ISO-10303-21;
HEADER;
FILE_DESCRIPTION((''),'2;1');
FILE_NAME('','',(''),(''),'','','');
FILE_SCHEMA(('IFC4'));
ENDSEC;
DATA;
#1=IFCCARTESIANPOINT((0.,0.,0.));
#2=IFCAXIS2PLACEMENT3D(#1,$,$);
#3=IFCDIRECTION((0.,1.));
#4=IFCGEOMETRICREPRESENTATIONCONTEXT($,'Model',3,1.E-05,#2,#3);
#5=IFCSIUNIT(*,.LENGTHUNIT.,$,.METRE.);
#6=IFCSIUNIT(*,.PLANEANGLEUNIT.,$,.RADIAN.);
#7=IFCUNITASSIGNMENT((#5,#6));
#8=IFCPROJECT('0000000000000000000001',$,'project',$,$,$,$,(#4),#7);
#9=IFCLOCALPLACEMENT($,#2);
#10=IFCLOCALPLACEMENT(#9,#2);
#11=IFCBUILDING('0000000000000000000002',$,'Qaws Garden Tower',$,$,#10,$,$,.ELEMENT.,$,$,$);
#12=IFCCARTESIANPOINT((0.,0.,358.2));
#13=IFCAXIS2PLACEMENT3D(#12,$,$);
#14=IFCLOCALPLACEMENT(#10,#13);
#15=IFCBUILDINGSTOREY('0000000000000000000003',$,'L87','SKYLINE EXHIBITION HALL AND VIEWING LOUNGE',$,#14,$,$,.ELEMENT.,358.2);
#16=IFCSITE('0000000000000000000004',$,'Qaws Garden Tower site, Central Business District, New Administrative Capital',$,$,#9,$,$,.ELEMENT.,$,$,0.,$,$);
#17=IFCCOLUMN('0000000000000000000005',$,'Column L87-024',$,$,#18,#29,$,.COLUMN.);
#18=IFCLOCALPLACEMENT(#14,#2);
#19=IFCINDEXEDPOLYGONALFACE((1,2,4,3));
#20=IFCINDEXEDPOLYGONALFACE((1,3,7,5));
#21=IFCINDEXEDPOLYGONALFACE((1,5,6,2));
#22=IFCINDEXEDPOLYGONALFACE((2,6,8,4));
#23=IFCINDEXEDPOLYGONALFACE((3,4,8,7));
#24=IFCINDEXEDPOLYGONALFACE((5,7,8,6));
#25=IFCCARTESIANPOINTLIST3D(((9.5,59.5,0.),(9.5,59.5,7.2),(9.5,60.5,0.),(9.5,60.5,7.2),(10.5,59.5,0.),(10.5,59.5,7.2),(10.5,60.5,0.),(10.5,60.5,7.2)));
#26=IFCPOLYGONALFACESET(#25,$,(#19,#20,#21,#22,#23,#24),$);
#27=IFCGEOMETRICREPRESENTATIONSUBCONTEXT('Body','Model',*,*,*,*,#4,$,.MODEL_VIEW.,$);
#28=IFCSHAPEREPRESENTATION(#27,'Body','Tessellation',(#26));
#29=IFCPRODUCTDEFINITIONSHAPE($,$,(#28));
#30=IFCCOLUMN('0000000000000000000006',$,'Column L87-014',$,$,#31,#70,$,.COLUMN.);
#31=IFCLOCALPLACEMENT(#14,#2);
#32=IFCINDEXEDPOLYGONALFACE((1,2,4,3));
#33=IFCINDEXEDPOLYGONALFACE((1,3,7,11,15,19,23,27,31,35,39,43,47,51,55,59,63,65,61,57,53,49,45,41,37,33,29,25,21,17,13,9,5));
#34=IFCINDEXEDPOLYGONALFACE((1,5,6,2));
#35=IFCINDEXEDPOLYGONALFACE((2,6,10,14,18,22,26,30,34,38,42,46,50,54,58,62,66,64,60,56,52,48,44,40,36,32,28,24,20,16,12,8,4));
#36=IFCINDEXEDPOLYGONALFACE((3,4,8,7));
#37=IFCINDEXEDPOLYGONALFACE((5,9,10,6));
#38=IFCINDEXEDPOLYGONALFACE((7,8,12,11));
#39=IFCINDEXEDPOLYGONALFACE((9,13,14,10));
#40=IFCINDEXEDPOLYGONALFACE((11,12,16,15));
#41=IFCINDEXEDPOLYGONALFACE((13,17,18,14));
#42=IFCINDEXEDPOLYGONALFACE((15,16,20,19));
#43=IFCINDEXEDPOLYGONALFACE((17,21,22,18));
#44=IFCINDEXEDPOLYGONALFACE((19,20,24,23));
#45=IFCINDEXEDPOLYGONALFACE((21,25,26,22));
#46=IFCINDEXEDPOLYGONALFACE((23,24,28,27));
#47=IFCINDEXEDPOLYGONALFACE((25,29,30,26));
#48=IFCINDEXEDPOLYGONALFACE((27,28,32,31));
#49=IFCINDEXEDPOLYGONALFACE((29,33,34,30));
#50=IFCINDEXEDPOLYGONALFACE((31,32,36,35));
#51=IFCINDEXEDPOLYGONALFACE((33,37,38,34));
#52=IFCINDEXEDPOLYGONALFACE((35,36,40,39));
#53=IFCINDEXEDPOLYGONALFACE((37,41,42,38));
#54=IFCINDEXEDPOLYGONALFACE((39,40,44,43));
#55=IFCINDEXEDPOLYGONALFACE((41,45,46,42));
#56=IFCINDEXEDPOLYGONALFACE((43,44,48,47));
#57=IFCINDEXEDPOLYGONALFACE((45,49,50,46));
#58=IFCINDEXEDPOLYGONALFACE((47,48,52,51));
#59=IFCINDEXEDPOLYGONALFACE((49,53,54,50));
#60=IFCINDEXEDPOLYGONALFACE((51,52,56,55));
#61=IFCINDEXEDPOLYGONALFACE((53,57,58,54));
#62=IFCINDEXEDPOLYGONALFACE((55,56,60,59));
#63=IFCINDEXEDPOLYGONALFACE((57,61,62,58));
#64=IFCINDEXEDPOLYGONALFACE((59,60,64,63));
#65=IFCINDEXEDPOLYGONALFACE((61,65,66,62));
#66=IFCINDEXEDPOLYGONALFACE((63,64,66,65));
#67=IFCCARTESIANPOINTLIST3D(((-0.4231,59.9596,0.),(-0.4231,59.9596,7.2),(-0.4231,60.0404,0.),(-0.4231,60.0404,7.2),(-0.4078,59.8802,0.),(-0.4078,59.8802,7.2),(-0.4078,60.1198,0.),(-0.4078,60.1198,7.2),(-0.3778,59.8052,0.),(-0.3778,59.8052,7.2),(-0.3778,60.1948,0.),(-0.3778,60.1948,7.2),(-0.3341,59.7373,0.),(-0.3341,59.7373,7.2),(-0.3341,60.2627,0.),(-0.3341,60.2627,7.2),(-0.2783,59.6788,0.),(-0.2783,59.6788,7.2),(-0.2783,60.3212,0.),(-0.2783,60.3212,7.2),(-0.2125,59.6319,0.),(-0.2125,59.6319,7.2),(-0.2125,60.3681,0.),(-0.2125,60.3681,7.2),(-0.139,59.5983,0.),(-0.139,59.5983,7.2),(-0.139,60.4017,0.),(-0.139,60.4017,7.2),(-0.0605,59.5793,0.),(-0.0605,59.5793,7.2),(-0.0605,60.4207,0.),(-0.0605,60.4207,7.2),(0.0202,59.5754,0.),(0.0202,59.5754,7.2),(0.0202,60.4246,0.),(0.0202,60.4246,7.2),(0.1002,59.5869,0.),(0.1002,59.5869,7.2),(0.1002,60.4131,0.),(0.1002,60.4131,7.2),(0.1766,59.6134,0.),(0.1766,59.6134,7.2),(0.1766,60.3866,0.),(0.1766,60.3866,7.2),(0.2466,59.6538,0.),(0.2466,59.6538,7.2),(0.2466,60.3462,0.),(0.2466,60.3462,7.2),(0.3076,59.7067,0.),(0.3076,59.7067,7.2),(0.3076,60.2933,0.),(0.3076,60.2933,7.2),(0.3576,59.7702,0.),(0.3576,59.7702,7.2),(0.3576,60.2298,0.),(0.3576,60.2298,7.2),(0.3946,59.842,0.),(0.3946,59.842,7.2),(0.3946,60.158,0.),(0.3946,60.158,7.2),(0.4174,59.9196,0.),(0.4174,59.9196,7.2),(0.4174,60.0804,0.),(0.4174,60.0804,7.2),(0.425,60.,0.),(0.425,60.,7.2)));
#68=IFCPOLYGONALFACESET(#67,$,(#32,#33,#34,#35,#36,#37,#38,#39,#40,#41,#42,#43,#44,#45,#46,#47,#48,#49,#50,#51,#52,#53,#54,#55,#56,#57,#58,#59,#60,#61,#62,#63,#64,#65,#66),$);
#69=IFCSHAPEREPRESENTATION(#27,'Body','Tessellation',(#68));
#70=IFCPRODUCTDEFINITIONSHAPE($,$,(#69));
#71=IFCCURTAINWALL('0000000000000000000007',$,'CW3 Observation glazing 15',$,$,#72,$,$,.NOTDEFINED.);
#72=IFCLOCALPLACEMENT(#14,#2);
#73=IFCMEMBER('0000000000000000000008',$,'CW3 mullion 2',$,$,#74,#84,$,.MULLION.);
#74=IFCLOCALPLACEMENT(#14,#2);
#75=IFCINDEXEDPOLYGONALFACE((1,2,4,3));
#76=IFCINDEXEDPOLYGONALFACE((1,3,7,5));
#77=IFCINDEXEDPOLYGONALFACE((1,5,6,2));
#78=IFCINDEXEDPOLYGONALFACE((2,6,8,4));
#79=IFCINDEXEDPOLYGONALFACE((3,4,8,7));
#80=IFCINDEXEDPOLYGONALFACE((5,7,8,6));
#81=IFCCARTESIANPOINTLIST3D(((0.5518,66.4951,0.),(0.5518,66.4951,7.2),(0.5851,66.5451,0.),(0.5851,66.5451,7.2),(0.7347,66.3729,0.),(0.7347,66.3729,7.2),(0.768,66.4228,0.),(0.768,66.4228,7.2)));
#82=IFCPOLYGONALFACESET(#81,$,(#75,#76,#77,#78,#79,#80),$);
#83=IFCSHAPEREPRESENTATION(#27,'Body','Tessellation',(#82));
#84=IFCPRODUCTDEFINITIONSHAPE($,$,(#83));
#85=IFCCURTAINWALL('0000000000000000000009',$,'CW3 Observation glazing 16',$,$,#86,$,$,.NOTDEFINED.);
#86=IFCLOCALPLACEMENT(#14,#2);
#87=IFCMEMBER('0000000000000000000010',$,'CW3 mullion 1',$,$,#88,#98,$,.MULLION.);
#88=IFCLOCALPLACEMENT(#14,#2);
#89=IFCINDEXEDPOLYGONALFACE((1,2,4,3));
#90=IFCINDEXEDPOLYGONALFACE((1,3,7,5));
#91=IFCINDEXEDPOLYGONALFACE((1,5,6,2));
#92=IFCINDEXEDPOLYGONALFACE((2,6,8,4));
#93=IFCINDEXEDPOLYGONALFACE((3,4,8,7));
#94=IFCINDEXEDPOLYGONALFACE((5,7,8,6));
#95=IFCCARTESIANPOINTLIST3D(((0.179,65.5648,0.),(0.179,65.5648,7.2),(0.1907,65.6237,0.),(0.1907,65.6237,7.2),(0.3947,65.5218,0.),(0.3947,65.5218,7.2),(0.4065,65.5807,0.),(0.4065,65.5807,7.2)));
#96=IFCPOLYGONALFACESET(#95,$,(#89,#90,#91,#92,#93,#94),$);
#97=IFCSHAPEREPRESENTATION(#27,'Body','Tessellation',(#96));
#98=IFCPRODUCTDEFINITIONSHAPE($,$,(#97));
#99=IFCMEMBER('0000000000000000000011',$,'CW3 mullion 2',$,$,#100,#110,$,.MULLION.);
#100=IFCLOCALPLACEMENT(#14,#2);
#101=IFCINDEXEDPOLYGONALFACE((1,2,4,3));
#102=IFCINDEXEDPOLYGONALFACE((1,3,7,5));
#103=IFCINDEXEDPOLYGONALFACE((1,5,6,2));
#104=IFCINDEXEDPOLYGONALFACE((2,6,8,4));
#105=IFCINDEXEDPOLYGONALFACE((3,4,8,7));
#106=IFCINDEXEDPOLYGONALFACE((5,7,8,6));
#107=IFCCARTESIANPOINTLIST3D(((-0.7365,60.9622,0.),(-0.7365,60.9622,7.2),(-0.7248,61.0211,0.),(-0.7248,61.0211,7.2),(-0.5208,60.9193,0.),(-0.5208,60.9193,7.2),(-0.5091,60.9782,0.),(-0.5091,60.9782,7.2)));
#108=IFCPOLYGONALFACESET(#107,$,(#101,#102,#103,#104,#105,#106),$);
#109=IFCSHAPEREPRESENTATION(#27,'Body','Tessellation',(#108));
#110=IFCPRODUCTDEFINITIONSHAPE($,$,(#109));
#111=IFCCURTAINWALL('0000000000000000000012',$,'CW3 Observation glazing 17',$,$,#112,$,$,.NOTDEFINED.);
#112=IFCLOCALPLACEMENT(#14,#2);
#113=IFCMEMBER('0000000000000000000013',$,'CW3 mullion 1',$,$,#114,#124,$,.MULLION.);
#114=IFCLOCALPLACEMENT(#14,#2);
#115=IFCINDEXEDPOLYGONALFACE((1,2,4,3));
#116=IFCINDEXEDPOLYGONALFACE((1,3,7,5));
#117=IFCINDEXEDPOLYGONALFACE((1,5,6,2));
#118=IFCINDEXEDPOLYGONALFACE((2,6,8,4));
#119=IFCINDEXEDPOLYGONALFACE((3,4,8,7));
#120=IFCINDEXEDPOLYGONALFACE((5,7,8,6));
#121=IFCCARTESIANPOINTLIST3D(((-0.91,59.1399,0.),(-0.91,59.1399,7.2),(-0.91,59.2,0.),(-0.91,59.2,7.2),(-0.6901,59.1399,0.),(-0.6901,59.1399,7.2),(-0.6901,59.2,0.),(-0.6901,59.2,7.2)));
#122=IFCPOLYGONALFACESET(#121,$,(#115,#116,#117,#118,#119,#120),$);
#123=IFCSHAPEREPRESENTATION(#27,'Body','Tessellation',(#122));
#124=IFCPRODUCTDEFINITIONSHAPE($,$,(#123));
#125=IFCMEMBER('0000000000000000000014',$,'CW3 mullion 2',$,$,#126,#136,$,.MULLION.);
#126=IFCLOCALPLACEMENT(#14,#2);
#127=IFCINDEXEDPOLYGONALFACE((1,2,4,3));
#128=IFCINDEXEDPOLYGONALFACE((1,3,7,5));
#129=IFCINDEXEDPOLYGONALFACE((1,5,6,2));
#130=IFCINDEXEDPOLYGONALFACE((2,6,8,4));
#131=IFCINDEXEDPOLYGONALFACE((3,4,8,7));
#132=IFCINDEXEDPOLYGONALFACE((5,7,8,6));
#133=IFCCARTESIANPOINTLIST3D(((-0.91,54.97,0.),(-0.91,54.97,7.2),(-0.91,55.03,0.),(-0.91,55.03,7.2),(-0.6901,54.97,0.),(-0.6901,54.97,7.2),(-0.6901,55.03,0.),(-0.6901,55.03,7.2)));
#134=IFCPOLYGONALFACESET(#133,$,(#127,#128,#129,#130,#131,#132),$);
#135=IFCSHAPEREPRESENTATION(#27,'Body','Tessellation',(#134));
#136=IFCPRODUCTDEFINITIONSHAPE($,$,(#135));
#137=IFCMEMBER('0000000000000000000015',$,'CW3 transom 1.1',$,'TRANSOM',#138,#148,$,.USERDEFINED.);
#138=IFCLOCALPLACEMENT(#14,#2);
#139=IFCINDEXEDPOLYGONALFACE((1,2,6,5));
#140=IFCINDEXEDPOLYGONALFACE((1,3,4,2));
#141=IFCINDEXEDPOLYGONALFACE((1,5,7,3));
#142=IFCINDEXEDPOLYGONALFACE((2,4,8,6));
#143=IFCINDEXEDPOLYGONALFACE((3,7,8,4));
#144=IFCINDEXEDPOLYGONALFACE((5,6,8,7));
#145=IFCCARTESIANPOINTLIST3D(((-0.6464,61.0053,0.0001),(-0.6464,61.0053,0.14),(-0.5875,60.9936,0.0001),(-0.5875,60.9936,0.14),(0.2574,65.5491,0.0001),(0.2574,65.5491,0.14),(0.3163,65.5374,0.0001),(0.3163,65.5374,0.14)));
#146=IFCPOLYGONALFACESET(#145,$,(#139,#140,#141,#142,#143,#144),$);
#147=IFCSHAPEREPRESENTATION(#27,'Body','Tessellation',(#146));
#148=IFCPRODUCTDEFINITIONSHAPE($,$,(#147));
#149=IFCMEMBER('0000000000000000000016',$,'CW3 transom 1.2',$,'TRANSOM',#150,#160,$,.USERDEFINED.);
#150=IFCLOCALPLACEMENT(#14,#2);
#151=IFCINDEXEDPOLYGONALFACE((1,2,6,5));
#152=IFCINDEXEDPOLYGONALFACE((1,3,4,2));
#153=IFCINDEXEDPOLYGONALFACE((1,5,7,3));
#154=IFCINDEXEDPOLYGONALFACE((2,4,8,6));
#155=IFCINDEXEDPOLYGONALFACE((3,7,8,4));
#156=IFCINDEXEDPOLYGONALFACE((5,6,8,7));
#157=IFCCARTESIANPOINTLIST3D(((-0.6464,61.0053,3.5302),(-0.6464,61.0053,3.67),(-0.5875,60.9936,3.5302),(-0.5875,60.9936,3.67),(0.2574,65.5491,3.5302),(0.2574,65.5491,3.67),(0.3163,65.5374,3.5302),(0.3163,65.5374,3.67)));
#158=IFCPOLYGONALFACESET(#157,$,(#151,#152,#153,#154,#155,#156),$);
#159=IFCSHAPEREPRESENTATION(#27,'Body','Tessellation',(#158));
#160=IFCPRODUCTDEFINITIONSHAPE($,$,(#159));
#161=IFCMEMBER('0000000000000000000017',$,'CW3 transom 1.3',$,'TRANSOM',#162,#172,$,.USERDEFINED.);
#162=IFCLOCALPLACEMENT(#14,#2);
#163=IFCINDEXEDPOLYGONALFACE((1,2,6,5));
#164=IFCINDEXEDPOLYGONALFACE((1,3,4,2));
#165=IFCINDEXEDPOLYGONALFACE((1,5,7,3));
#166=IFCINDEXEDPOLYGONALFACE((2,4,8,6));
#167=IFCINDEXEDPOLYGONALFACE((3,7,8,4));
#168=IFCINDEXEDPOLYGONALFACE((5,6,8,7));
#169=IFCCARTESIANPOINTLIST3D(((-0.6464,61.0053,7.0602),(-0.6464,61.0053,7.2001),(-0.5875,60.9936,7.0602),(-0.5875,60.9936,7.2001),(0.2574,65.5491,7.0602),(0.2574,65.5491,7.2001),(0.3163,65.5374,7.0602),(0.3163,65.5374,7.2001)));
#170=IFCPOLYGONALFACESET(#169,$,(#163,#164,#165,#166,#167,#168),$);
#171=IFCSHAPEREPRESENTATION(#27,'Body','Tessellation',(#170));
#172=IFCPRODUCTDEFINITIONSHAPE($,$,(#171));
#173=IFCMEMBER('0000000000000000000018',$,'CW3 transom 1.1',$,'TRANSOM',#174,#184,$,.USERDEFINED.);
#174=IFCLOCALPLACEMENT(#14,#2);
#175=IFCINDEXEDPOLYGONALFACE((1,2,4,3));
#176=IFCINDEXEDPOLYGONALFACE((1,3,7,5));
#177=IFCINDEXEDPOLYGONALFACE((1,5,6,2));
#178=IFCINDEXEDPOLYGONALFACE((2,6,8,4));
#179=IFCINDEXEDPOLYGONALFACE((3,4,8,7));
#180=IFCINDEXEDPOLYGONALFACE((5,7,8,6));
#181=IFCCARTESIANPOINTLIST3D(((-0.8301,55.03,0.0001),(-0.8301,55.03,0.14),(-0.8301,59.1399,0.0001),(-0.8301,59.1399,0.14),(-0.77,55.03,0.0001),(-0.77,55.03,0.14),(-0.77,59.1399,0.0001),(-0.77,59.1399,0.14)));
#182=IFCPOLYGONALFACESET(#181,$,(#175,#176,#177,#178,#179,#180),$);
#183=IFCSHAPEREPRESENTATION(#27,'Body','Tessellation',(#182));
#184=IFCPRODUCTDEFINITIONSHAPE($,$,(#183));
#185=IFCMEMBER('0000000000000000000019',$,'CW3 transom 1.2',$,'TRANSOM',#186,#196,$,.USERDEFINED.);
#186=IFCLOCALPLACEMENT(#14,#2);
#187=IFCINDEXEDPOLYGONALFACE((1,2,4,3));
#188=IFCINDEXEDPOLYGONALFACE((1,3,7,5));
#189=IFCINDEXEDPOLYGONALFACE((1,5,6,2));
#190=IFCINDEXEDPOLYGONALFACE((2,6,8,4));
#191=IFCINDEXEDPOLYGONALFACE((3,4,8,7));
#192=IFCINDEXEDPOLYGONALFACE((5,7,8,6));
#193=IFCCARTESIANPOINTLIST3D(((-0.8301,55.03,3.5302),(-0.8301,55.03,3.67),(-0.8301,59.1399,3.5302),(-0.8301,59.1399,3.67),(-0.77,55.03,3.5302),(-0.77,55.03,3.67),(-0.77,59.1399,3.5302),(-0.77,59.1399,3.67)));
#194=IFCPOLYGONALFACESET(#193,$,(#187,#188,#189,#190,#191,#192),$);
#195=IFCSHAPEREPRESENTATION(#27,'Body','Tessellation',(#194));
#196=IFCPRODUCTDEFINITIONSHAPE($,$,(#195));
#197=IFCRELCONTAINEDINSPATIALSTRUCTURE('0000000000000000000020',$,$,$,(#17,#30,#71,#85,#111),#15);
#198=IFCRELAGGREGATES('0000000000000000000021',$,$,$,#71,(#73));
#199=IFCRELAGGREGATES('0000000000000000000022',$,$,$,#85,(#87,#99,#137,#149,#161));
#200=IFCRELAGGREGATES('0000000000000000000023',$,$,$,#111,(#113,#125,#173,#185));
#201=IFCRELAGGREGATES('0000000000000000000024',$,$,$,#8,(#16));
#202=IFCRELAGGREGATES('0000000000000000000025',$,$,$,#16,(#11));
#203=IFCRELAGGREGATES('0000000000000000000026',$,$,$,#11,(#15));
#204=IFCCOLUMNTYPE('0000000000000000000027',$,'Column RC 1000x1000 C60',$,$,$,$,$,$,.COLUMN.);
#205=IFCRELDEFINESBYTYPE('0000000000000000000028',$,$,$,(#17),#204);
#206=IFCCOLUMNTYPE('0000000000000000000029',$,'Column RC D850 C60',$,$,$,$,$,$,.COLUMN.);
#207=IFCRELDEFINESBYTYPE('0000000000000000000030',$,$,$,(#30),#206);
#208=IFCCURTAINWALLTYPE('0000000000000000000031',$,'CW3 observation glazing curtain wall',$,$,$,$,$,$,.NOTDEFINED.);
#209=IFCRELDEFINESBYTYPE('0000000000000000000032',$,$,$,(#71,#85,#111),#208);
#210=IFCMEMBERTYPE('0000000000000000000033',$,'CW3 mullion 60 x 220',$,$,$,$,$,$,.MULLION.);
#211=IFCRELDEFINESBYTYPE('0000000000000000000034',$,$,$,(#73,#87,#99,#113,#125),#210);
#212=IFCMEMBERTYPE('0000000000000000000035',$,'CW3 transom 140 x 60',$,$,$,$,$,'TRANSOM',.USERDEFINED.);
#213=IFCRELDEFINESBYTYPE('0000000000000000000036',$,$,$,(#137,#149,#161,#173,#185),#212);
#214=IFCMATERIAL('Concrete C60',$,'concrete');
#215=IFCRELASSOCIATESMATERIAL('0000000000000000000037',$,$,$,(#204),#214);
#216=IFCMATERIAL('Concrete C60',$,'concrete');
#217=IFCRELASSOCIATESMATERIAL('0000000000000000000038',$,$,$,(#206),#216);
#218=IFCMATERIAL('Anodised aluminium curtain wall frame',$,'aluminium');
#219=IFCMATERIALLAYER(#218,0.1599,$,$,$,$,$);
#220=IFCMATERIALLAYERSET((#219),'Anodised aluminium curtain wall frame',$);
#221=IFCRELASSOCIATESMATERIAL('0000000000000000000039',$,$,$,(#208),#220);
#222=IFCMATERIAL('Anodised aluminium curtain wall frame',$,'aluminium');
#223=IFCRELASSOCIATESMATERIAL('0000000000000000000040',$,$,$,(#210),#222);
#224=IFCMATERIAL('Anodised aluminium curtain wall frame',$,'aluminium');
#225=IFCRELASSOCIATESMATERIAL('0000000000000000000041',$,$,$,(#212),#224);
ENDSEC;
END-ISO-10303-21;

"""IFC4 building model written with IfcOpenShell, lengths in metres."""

from ifc_helpers import new_model, si_unit, direction, frame, origin, origin_2d, place, context, subcontext, project, spatial, rectangle, circle, extrude, material, layer, layer_set, material_profile, profile_set, type_object, element, aggregate, save


model = new_model("IFC4")

# Units and contexts
model_context = context("Model", 3, precision=1e-05, world=origin(), true_north=direction((0.0, 1.0)))
body_context = subcontext(model_context, "Body", "Model", "MODEL_VIEW")
ifc_project = project(units=[si_unit("LENGTHUNIT", "METRE"), si_unit("PLANEANGLEUNIT", "RADIAN")], contexts=[model_context])

# Site, building, storey
site_placement = place(None, origin())
site = spatial("IfcSite", under=ifc_project, at=site_placement, Name="Qaws Garden Tower site, Central Business District, New Administrative Capital", CompositionType="ELEMENT", RefElevation=0.0)
building_placement = place(site_placement, origin())
building = spatial("IfcBuilding", under=site, at=building_placement, Name="Qaws Garden Tower", CompositionType="ELEMENT")
storey_placement = place(building_placement, frame((0.0, 0.0, 358.2)))
storey = spatial("IfcBuildingStorey", under=building, at=storey_placement, Name="L87", Description="SKYLINE EXHIBITION HALL AND VIEWING LOUNGE", CompositionType="ELEMENT", Elevation=358.2)

# Columns
ifc_material_1 = material(Name="Concrete C60", Category="concrete")
ifc_material_profile_1 = material_profile(ifc_material_1, rectangle(XDim=1.0, YDim=1.0, at=origin_2d()), Name="RC 1000x1000")
ifc_profile_set_1 = profile_set([ifc_material_profile_1], Name="Concrete C60")
column_type_1 = type_object("IfcColumnType", Name="Column RC 1000x1000 C60", PredefinedType="COLUMN", material=ifc_profile_set_1)
column_1_placement = place(storey_placement, frame((10.0, 60.0, 0.0), z_axis=(0.0, 0.0, 1.0), x_axis=(1.0, 0.0, 0.0)))
element("IfcColumn", 1, at=column_1_placement, inside=storey, type_object=column_type_1, Name="Column L87-024", PredefinedType="COLUMN", context=body_context, shape_type="SweptSolid", body=[
    extrude(rectangle(XDim=1.0, YDim=1.0, at=origin_2d()), origin(), (0.0, 0.0, 1.0), 7.2),
])
ifc_material_2 = material(Name="Concrete C60", Category="concrete")
ifc_material_profile_2 = material_profile(ifc_material_2, circle(Radius=0.425, at=origin_2d()), Name="RC D850")
ifc_profile_set_2 = profile_set([ifc_material_profile_2], Name="Concrete C60")
column_type_2 = type_object("IfcColumnType", Name="Column RC D850 C60", PredefinedType="COLUMN", material=ifc_profile_set_2)
column_2_placement = place(storey_placement, frame((0.0, 60.0, 0.0), z_axis=(0.0, 0.0, 1.0), x_axis=(1.0, 0.0, 0.0)))
element("IfcColumn", 2, at=column_2_placement, inside=storey, type_object=column_type_2, Name="Column L87-014", PredefinedType="COLUMN", context=body_context, shape_type="SweptSolid", body=[
    extrude(circle(Radius=0.425, at=origin_2d()), origin(), (0.0, 0.0, 1.0), 7.2),
])

# Curtain wall, member
ifc_material_3 = material(Name="Anodised aluminium curtain wall frame", Category="aluminium")
ifc_layer_1 = layer(ifc_material_3, 0.1599)
ifc_layer_set_1 = layer_set([ifc_layer_1], Name="Anodised aluminium curtain wall frame")
curtain_wall_type = type_object("IfcCurtainWallType", Name="CW3 observation glazing curtain wall", PredefinedType="NOTDEFINED", material=ifc_layer_set_1)
placement = place(storey_placement, origin())
curtain_wall_1 = element("IfcCurtainWall", 3, at=placement, inside=storey, type_object=curtain_wall_type, Name="CW3 Observation glazing 15", PredefinedType="NOTDEFINED")
ifc_material_4 = material(Name="Anodised aluminium curtain wall frame", Category="aluminium")
ifc_material_profile_3 = material_profile(ifc_material_4, rectangle(XDim=0.22, YDim=0.0601, at=origin_2d()), Name="AL 60x220")
ifc_profile_set_3 = profile_set([ifc_material_profile_3], Name="Anodised aluminium curtain wall frame")
member_type_1 = type_object("IfcMemberType", Name="CW3 mullion 60 x 220", PredefinedType="MULLION", material=ifc_profile_set_3)
member_1_placement = place(storey_placement, frame((0.6599, 66.459, 0.0), z_axis=(0.0, 0.0, 1.0), x_axis=(0.83147, -0.55557, 0.0)))
member_1 = element("IfcMember", 4, at=member_1_placement, type_object=member_type_1, Name="CW3 mullion 2", PredefinedType="MULLION", context=body_context, shape_type="SweptSolid", body=[
    extrude(rectangle(XDim=0.22, YDim=0.0601, at=origin_2d()), origin(), (0.0, 0.0, 1.0), 7.2),
])
aggregate(curtain_wall_1, [member_1])

# Curtain walls, members
curtain_wall_2 = element("IfcCurtainWall", 5, at=placement, inside=storey, type_object=curtain_wall_type, Name="CW3 Observation glazing 16", PredefinedType="NOTDEFINED")
member_2_placement = place(storey_placement, frame((0.2927, 65.5728, 0.0), z_axis=(0.0, 0.0, 1.0), x_axis=(0.980785, -0.19509, 0.0)))
member_2 = element("IfcMember", 6, at=member_2_placement, type_object=member_type_1, Name="CW3 mullion 1", PredefinedType="MULLION", context=body_context, shape_type="SweptSolid", body=[
    extrude(rectangle(XDim=0.22, YDim=0.0601, at=origin_2d()), origin(), (0.0, 0.0, 1.0), 7.2),
])
member_3_placement = place(storey_placement, frame((-0.6228, 60.9702, 0.0), z_axis=(0.0, 0.0, 1.0), x_axis=(0.980785, -0.19509, 0.0)))
member_3 = element("IfcMember", 7, at=member_3_placement, type_object=member_type_1, Name="CW3 mullion 2", PredefinedType="MULLION", context=body_context, shape_type="SweptSolid", body=[
    extrude(rectangle(XDim=0.22, YDim=0.0601, at=origin_2d()), origin(), (0.0, 0.0, 1.0), 7.2),
])
curtain_wall_3 = element("IfcCurtainWall", 8, at=placement, inside=storey, type_object=curtain_wall_type, Name="CW3 Observation glazing 17", PredefinedType="NOTDEFINED")
member_4_placement = place(storey_placement, frame((-0.8, 59.1699, 0.0), z_axis=(0.0, 0.0, 1.0), x_axis=(1.0, 0.0, 0.0)))
member_4 = element("IfcMember", 9, at=member_4_placement, type_object=member_type_1, Name="CW3 mullion 1", PredefinedType="MULLION", context=body_context, shape_type="SweptSolid", body=[
    extrude(rectangle(XDim=0.22, YDim=0.0601, at=origin_2d()), origin(), (0.0, 0.0, 1.0), 7.2),
])
member_5_placement = place(storey_placement, frame((-0.8, 55.0, 0.0), z_axis=(0.0, 0.0, 1.0), x_axis=(1.0, 0.0, 0.0)))
member_5 = element("IfcMember", 10, at=member_5_placement, type_object=member_type_1, Name="CW3 mullion 2", PredefinedType="MULLION", context=body_context, shape_type="SweptSolid", body=[
    extrude(rectangle(XDim=0.22, YDim=0.0601, at=origin_2d()), origin(), (0.0, 0.0, 1.0), 7.2),
])

# Members
ifc_material_5 = material(Name="Anodised aluminium curtain wall frame", Category="aluminium")
ifc_material_profile_4 = material_profile(ifc_material_5, rectangle(XDim=0.0601, YDim=0.1399, at=origin_2d()), Name="AL 60x140")
ifc_profile_set_4 = profile_set([ifc_material_profile_4], Name="Anodised aluminium curtain wall frame")
member_type_2 = type_object("IfcMemberType", Name="CW3 transom 140 x 60", ElementType="TRANSOM", PredefinedType="USERDEFINED", material=ifc_profile_set_4)
member_6_placement = place(storey_placement, frame((0.2869, 65.5432, 0.0701), z_axis=(-0.195092, -0.980785, 0.0), x_axis=(0.980785, -0.195092, 0.0)))
member_6 = element("IfcMember", 11, at=member_6_placement, type_object=member_type_2, Name="CW3 transom 1.1", ObjectType="TRANSOM", PredefinedType="USERDEFINED", context=body_context, shape_type="SweptSolid", body=[
    extrude(rectangle(XDim=0.0601, YDim=0.1399, at=origin_2d()), origin(), (0.0, 0.0, 1.0), 4.6328),
])
member_7_placement = place(storey_placement, frame((0.2869, 65.5432, 3.6001), z_axis=(-0.195092, -0.980785, 0.0), x_axis=(0.980785, -0.195092, 0.0)))
member_7 = element("IfcMember", 12, at=member_7_placement, type_object=member_type_2, Name="CW3 transom 1.2", ObjectType="TRANSOM", PredefinedType="USERDEFINED", context=body_context, shape_type="SweptSolid", body=[
    extrude(rectangle(XDim=0.0601, YDim=0.1399, at=origin_2d()), origin(), (0.0, 0.0, 1.0), 4.6328),
])
member_8_placement = place(storey_placement, frame((0.2869, 65.5432, 7.1301), z_axis=(-0.195092, -0.980785, 0.0), x_axis=(0.980785, -0.195092, 0.0)))
member_8 = element("IfcMember", 13, at=member_8_placement, type_object=member_type_2, Name="CW3 transom 1.3", ObjectType="TRANSOM", PredefinedType="USERDEFINED", context=body_context, shape_type="SweptSolid", body=[
    extrude(rectangle(XDim=0.0601, YDim=0.1399, at=origin_2d()), origin(), (0.0, 0.0, 1.0), 4.6328),
])
member_9_placement = place(storey_placement, frame((-0.8, 59.1399, 0.0701), z_axis=(0.0, -1.0, 0.0), x_axis=(1.0, 0.0, 0.0)))
member_9 = element("IfcMember", 14, at=member_9_placement, type_object=member_type_2, Name="CW3 transom 1.1", ObjectType="TRANSOM", PredefinedType="USERDEFINED", context=body_context, shape_type="SweptSolid", body=[
    extrude(rectangle(XDim=0.0601, YDim=0.1399, at=origin_2d()), origin(), (0.0, 0.0, 1.0), 4.1099),
])
member_10_placement = place(storey_placement, frame((-0.8, 59.1399, 3.6001), z_axis=(0.0, -1.0, 0.0), x_axis=(1.0, 0.0, 0.0)))
member_10 = element("IfcMember", 15, at=member_10_placement, type_object=member_type_2, Name="CW3 transom 1.2", ObjectType="TRANSOM", PredefinedType="USERDEFINED", context=body_context, shape_type="SweptSolid", body=[
    extrude(rectangle(XDim=0.0601, YDim=0.1399, at=origin_2d()), origin(), (0.0, 0.0, 1.0), 4.1099),
])

aggregate(curtain_wall_2, [member_2, member_3, member_6, member_7, member_8])
aggregate(curtain_wall_3, [member_4, member_5, member_9, member_10])

save(model, "model.ifc")
